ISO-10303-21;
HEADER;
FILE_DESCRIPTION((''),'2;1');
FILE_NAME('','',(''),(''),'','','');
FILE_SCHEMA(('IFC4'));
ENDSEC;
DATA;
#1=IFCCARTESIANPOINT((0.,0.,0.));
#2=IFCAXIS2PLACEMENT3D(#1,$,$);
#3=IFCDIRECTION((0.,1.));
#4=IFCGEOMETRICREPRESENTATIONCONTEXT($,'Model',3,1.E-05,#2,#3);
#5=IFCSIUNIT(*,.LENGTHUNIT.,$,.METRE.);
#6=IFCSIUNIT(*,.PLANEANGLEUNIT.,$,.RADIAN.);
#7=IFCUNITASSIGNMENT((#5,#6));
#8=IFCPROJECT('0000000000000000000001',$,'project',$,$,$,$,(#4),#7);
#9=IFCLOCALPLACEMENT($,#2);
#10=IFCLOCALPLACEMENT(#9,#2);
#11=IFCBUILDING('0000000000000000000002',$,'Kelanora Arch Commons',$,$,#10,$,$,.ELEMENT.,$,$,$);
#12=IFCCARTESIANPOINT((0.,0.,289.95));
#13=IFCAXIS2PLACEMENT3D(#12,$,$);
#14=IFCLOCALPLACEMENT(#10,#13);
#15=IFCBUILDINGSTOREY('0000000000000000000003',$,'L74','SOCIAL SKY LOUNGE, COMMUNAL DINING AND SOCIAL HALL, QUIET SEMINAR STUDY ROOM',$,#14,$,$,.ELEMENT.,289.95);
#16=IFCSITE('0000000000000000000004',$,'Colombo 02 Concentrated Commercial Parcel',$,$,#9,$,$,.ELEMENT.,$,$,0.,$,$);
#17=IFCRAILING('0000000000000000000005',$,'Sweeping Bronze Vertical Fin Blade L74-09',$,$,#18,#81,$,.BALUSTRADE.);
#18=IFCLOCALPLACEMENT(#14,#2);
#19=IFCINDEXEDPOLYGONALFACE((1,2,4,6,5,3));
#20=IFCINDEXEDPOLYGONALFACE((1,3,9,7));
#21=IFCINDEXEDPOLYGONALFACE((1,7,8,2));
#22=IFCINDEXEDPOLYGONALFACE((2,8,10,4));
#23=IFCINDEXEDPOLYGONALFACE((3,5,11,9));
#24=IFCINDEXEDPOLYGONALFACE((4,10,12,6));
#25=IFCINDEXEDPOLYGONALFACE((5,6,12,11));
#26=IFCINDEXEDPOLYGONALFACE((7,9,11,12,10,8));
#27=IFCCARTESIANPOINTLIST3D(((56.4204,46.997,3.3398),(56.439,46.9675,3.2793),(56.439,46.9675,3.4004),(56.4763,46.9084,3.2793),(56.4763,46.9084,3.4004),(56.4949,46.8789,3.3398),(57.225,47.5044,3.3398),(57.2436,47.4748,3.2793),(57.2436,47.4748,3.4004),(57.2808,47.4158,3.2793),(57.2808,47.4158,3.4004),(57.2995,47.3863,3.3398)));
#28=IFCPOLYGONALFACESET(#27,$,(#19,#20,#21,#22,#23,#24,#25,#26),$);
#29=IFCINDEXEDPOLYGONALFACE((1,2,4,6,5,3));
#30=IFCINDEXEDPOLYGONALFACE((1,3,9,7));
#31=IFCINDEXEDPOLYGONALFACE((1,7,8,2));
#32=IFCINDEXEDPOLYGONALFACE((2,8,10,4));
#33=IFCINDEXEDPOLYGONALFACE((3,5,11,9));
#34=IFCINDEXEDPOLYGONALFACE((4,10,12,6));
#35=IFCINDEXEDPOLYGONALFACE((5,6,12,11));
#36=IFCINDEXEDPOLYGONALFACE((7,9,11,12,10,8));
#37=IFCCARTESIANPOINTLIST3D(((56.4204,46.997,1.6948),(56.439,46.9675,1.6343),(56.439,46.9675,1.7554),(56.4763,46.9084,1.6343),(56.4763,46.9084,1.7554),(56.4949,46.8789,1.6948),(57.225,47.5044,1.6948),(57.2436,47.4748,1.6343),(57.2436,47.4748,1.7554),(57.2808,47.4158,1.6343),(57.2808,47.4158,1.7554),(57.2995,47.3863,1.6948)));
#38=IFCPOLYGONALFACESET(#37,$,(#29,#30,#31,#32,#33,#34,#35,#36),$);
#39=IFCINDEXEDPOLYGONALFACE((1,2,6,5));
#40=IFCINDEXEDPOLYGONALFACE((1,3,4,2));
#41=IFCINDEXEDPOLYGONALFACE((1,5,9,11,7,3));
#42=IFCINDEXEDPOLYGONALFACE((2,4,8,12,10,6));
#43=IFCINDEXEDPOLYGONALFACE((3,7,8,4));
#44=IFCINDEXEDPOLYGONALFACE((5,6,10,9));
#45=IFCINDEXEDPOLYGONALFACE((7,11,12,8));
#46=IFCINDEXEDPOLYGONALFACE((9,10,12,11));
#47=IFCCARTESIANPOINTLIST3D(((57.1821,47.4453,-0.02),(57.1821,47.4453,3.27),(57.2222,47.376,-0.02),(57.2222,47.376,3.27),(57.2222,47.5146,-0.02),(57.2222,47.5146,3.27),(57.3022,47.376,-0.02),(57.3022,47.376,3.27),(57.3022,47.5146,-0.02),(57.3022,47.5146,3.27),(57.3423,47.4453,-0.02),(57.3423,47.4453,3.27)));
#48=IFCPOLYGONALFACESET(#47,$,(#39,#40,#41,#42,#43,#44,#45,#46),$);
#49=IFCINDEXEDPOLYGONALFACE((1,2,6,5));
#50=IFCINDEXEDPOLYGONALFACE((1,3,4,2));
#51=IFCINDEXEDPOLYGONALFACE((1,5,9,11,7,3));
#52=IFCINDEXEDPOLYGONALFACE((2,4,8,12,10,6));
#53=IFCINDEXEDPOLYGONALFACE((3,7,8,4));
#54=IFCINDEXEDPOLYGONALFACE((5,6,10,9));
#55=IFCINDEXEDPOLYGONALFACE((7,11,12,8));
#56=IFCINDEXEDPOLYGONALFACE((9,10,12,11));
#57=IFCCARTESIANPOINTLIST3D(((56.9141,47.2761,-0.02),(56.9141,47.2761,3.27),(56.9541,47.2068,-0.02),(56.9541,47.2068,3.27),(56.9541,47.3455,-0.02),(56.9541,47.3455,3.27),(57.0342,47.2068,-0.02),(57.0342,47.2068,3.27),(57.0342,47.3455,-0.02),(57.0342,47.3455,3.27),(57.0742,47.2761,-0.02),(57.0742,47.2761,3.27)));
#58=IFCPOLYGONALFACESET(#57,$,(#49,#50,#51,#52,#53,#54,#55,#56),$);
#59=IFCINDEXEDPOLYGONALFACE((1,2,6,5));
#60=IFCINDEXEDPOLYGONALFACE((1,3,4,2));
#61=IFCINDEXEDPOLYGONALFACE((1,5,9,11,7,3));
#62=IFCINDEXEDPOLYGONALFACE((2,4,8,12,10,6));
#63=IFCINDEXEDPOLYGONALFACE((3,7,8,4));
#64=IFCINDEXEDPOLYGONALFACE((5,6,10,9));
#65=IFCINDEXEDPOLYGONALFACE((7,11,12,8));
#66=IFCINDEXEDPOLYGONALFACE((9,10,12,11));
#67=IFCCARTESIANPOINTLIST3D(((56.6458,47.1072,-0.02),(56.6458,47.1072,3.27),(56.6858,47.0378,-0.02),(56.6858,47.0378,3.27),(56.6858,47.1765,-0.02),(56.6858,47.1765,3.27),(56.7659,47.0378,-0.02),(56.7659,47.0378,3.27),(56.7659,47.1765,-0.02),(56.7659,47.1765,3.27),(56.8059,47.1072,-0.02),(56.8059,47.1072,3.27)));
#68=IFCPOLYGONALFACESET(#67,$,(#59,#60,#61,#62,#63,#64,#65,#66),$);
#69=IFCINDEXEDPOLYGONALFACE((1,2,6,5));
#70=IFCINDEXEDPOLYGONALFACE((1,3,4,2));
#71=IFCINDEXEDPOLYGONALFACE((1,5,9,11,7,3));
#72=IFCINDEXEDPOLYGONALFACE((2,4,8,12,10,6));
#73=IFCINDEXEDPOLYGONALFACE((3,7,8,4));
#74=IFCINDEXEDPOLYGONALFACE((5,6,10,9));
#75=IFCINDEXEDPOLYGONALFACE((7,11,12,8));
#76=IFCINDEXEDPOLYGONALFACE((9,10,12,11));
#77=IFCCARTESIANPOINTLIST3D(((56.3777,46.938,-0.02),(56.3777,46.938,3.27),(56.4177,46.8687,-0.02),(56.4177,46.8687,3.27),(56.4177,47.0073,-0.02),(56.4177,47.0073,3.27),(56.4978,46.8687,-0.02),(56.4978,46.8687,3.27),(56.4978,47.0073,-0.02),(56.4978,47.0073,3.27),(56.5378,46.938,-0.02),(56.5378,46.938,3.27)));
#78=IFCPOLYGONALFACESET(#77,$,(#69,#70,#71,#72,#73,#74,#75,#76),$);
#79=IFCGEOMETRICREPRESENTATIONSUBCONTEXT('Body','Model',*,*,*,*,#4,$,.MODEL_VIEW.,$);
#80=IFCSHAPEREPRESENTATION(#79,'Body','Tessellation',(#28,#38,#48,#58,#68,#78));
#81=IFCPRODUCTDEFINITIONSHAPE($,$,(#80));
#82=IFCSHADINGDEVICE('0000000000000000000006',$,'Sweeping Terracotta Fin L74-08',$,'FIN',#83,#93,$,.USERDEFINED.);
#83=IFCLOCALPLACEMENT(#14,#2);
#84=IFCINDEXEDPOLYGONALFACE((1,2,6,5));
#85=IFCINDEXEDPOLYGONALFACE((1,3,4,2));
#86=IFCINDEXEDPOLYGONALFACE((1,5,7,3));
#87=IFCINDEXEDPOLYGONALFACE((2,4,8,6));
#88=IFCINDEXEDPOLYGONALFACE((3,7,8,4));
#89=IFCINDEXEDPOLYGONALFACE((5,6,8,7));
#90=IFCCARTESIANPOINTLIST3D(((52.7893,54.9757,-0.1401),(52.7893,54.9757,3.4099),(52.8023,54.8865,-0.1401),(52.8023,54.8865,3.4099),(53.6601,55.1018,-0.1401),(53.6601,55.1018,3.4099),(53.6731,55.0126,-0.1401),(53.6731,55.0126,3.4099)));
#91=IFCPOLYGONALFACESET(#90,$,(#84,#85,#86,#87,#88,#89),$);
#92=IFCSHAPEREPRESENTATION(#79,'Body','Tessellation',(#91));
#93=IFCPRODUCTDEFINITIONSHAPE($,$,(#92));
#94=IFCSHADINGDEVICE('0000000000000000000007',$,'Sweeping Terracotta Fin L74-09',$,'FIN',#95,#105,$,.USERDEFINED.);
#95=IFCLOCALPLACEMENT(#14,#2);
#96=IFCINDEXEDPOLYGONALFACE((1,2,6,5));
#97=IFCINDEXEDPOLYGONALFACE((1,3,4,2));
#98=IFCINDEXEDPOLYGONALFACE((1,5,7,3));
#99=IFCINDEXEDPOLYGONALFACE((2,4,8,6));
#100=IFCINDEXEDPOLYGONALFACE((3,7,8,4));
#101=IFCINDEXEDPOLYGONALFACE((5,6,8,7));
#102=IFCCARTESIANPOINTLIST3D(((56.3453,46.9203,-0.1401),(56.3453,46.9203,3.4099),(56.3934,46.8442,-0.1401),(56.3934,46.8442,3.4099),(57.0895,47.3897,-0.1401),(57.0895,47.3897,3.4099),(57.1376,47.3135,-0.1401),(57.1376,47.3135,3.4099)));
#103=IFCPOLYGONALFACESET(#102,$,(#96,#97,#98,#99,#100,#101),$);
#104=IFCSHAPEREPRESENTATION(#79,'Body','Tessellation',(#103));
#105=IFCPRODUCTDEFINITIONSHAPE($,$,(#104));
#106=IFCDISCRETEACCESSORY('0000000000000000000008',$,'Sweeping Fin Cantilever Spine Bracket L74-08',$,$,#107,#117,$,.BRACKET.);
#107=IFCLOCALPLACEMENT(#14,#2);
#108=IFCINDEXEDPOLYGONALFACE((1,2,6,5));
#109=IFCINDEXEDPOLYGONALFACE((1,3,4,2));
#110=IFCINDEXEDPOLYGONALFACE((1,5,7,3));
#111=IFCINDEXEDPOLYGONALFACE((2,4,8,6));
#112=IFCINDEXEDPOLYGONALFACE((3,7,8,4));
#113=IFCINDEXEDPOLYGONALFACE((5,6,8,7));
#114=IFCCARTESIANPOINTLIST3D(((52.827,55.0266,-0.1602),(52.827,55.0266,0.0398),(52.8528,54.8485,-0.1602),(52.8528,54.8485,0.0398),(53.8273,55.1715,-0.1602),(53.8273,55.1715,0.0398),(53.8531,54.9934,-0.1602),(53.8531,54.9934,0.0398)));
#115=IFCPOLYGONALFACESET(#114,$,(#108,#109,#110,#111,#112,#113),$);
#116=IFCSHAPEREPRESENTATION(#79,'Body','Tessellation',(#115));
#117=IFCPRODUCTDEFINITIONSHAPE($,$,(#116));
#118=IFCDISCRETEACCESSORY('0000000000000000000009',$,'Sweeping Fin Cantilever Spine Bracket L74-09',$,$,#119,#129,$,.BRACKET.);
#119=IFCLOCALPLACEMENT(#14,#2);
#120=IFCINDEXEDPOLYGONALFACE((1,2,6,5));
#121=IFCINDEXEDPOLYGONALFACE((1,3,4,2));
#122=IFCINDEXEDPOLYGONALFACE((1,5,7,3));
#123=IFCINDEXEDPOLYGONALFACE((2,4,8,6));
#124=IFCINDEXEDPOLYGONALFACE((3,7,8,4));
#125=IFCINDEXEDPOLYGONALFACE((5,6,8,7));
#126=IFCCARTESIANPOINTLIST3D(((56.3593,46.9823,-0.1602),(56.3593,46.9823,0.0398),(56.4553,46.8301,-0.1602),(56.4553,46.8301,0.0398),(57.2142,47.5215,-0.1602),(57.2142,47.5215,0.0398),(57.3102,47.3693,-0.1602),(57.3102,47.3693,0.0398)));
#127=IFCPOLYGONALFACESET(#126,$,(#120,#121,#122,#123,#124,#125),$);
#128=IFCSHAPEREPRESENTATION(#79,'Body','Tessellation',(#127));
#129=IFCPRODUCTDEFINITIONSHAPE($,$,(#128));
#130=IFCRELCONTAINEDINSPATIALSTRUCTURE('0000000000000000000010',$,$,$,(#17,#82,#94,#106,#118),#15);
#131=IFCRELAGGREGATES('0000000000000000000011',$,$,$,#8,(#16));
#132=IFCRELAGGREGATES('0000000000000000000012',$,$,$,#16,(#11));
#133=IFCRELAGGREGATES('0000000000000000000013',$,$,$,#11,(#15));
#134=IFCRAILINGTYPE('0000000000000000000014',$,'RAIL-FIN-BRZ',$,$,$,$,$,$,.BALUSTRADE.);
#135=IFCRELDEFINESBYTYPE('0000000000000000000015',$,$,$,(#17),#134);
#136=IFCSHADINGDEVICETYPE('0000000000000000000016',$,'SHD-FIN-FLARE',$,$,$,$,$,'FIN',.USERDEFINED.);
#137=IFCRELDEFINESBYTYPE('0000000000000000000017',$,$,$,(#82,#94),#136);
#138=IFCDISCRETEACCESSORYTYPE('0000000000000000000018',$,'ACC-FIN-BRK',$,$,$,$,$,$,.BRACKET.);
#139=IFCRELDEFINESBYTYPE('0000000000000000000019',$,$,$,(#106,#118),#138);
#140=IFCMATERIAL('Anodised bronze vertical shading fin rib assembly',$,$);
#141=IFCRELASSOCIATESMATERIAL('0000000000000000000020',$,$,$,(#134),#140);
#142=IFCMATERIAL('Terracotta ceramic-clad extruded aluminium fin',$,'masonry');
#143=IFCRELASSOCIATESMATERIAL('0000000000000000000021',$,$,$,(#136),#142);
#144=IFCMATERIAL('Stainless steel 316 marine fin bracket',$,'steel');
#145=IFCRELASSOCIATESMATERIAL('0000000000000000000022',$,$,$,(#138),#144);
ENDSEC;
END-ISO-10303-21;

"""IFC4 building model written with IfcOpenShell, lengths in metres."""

from ifc_helpers import new_model, si_unit, direction, frame, origin, origin_2d, place, context, subcontext, project, spatial, polyline, rectangle, outline, extrude, source, transform, mapped, material, type_object, element, save


model = new_model("IFC4")

# Units and contexts
model_context = context("Model", 3, precision=1e-05, world=origin(), true_north=direction((0.0, 1.0)))
body_context = subcontext(model_context, "Body", "Model", "MODEL_VIEW")
ifc_project = project(units=[si_unit("LENGTHUNIT", "METRE"), si_unit("PLANEANGLEUNIT", "RADIAN")], contexts=[model_context])

# Site, building, storey
site_placement = place(None, origin())
site = spatial("IfcSite", under=ifc_project, at=site_placement, Name="Colombo 02 Concentrated Commercial Parcel", CompositionType="ELEMENT", RefElevation=0.0)
building_placement = place(site_placement, origin())
building = spatial("IfcBuilding", under=site, at=building_placement, Name="Kelanora Arch Commons", CompositionType="ELEMENT")
storey_placement = place(building_placement, frame((0.0, 0.0, 289.95)))
storey = spatial("IfcBuildingStorey", under=building, at=storey_placement, Name="L74", Description="SOCIAL SKY LOUNGE, COMMUNAL DINING AND SOCIAL HALL, QUIET SEMINAR STUDY ROOM", CompositionType="ELEMENT", Elevation=289.95)

# Railing
ifc_material_1 = material(Name="Anodised bronze vertical shading fin rib assembly")
railing_type = type_object("IfcRailingType", Name="RAIL-FIN-BRZ", PredefinedType="BALUSTRADE", material=ifc_material_1)
railing_1_placement = place(storey_placement, frame((57.2622, 47.4453, -0.02)))
element("IfcRailing", 1, at=railing_1_placement, inside=storey, type_object=railing_type, Name="Sweeping Bronze Vertical Fin Blade L74-09", PredefinedType="BALUSTRADE", context=body_context, shape_type="SweptSolid", body=[
    extrude(outline(polyline([(0.0698, 0.0), (0.0349, 0.0605), (-0.0349, 0.0605), (-0.0698, 0.0), (-0.0349, -0.0605), (0.0349, -0.0605), (0.0698, 0.0)])), frame((0.0, 0.0, 3.3599), z_axis=(-0.845843, -0.533433, 0.0), x_axis=(0.533433, -0.845843, 0.0)), (0.0, 0.0, 1.0), 0.9512),
    extrude(outline(polyline([(0.0698, 0.0), (0.0349, 0.0605), (-0.0349, 0.0605), (-0.0698, 0.0), (-0.0349, -0.0605), (0.0349, -0.0605), (0.0698, 0.0)])), frame((0.0, 0.0, 1.7148), z_axis=(-0.845843, -0.533433, 0.0), x_axis=(0.533433, -0.845843, 0.0)), (0.0, 0.0, 1.0), 0.9512),
    extrude(outline(polyline([(0.0801, 0.0), (0.04, 0.0693), (-0.04, 0.0693), (-0.0801, 0.0), (-0.04, -0.0693), (0.04, -0.0693), (0.0801, 0.0)])), origin(), (0.0, 0.0, 1.0), 3.29),
    extrude(outline(polyline([(0.0801, 0.0), (0.04, 0.0693), (-0.04, 0.0693), (-0.0801, 0.0), (-0.04, -0.0693), (0.04, -0.0693), (0.0801, 0.0)])), frame((-0.2681, -0.1692, 0.0)), (0.0, 0.0, 1.0), 3.29),
    extrude(outline(polyline([(0.0801, 0.0), (0.04, 0.0693), (-0.04, 0.0693), (-0.0801, 0.0), (-0.04, -0.0693), (0.04, -0.0693), (0.0801, 0.0)])), frame((-0.5364, -0.3381, 0.0)), (0.0, 0.0, 1.0), 3.29),
    extrude(outline(polyline([(0.0801, 0.0), (0.04, 0.0693), (-0.04, 0.0693), (-0.0801, 0.0), (-0.04, -0.0693), (0.04, -0.0693), (0.0801, 0.0)])), frame((-0.8044, -0.5073, 0.0)), (0.0, 0.0, 1.0), 3.29),
])

# Shading devices
ifc_material_2 = material(Name="Terracotta ceramic-clad extruded aluminium fin", Category="masonry")
shading_device_type = type_object("IfcShadingDeviceType", Name="SHD-FIN-FLARE", ElementType="FIN", PredefinedType="USERDEFINED", material=ifc_material_2)
shared_shape_1 = source(origin(), body_context, "Body", "SweptSolid", [
    extrude(rectangle(XDim=0.8799, YDim=0.0901, at=origin_2d()), origin(), (0.0, 0.0, 1.0), 3.55),
])
for number, where, z_axis, x_axis, name in (
    (2, (53.2312, 54.9941, -0.1401), (0.0, 0.0, 1.0), (-0.989676, -0.14332, 0.0), "Sweeping Terracotta Fin L74-08"),
    (3, (56.7415, 47.1169, -0.1401), (0.0, 0.0, 1.0), (-0.845821, -0.533467, 0.0), "Sweeping Terracotta Fin L74-09"),
):
    element("IfcShadingDevice", number, at=place(storey_placement, frame(where, z_axis=z_axis, x_axis=x_axis)), inside=storey, type_object=shading_device_type, Name=name, ObjectType="FIN", PredefinedType="USERDEFINED", context=body_context, shape_type="MappedRepresentation", body=[
        mapped(shared_shape_1, transform((0.0, 0.0, 0.0), scale=1.0)),
    ])

# Discrete accessories
ifc_material_3 = material(Name="Stainless steel 316 marine fin bracket", Category="steel")
discrete_accessory_type = type_object("IfcDiscreteAccessoryType", Name="ACC-FIN-BRK", PredefinedType="BRACKET", material=ifc_material_3)
shared_shape_2 = source(origin(), body_context, "Body", "SweptSolid", [
    extrude(rectangle(XDim=1.0107, YDim=0.1799, at=origin_2d()), origin(), (0.0, 0.0, 1.0), 0.2),
])
for number, where, z_axis, x_axis, name in (
    (4, (53.3401, 55.01, -0.1602), (0.0, 0.0, 1.0), (-0.989676, -0.14332, 0.0), "Sweeping Fin Cantilever Spine Bracket L74-08"),
    (5, (56.8347, 47.1758, -0.1602), (0.0, 0.0, 1.0), (-0.845821, -0.533467, 0.0), "Sweeping Fin Cantilever Spine Bracket L74-09"),
):
    element("IfcDiscreteAccessory", number, at=place(storey_placement, frame(where, z_axis=z_axis, x_axis=x_axis)), inside=storey, type_object=discrete_accessory_type, Name=name, PredefinedType="BRACKET", context=body_context, shape_type="MappedRepresentation", body=[
        mapped(shared_shape_2, transform((0.0, 0.0, 0.0), scale=1.0)),
    ])

save(model, "model.ifc")
